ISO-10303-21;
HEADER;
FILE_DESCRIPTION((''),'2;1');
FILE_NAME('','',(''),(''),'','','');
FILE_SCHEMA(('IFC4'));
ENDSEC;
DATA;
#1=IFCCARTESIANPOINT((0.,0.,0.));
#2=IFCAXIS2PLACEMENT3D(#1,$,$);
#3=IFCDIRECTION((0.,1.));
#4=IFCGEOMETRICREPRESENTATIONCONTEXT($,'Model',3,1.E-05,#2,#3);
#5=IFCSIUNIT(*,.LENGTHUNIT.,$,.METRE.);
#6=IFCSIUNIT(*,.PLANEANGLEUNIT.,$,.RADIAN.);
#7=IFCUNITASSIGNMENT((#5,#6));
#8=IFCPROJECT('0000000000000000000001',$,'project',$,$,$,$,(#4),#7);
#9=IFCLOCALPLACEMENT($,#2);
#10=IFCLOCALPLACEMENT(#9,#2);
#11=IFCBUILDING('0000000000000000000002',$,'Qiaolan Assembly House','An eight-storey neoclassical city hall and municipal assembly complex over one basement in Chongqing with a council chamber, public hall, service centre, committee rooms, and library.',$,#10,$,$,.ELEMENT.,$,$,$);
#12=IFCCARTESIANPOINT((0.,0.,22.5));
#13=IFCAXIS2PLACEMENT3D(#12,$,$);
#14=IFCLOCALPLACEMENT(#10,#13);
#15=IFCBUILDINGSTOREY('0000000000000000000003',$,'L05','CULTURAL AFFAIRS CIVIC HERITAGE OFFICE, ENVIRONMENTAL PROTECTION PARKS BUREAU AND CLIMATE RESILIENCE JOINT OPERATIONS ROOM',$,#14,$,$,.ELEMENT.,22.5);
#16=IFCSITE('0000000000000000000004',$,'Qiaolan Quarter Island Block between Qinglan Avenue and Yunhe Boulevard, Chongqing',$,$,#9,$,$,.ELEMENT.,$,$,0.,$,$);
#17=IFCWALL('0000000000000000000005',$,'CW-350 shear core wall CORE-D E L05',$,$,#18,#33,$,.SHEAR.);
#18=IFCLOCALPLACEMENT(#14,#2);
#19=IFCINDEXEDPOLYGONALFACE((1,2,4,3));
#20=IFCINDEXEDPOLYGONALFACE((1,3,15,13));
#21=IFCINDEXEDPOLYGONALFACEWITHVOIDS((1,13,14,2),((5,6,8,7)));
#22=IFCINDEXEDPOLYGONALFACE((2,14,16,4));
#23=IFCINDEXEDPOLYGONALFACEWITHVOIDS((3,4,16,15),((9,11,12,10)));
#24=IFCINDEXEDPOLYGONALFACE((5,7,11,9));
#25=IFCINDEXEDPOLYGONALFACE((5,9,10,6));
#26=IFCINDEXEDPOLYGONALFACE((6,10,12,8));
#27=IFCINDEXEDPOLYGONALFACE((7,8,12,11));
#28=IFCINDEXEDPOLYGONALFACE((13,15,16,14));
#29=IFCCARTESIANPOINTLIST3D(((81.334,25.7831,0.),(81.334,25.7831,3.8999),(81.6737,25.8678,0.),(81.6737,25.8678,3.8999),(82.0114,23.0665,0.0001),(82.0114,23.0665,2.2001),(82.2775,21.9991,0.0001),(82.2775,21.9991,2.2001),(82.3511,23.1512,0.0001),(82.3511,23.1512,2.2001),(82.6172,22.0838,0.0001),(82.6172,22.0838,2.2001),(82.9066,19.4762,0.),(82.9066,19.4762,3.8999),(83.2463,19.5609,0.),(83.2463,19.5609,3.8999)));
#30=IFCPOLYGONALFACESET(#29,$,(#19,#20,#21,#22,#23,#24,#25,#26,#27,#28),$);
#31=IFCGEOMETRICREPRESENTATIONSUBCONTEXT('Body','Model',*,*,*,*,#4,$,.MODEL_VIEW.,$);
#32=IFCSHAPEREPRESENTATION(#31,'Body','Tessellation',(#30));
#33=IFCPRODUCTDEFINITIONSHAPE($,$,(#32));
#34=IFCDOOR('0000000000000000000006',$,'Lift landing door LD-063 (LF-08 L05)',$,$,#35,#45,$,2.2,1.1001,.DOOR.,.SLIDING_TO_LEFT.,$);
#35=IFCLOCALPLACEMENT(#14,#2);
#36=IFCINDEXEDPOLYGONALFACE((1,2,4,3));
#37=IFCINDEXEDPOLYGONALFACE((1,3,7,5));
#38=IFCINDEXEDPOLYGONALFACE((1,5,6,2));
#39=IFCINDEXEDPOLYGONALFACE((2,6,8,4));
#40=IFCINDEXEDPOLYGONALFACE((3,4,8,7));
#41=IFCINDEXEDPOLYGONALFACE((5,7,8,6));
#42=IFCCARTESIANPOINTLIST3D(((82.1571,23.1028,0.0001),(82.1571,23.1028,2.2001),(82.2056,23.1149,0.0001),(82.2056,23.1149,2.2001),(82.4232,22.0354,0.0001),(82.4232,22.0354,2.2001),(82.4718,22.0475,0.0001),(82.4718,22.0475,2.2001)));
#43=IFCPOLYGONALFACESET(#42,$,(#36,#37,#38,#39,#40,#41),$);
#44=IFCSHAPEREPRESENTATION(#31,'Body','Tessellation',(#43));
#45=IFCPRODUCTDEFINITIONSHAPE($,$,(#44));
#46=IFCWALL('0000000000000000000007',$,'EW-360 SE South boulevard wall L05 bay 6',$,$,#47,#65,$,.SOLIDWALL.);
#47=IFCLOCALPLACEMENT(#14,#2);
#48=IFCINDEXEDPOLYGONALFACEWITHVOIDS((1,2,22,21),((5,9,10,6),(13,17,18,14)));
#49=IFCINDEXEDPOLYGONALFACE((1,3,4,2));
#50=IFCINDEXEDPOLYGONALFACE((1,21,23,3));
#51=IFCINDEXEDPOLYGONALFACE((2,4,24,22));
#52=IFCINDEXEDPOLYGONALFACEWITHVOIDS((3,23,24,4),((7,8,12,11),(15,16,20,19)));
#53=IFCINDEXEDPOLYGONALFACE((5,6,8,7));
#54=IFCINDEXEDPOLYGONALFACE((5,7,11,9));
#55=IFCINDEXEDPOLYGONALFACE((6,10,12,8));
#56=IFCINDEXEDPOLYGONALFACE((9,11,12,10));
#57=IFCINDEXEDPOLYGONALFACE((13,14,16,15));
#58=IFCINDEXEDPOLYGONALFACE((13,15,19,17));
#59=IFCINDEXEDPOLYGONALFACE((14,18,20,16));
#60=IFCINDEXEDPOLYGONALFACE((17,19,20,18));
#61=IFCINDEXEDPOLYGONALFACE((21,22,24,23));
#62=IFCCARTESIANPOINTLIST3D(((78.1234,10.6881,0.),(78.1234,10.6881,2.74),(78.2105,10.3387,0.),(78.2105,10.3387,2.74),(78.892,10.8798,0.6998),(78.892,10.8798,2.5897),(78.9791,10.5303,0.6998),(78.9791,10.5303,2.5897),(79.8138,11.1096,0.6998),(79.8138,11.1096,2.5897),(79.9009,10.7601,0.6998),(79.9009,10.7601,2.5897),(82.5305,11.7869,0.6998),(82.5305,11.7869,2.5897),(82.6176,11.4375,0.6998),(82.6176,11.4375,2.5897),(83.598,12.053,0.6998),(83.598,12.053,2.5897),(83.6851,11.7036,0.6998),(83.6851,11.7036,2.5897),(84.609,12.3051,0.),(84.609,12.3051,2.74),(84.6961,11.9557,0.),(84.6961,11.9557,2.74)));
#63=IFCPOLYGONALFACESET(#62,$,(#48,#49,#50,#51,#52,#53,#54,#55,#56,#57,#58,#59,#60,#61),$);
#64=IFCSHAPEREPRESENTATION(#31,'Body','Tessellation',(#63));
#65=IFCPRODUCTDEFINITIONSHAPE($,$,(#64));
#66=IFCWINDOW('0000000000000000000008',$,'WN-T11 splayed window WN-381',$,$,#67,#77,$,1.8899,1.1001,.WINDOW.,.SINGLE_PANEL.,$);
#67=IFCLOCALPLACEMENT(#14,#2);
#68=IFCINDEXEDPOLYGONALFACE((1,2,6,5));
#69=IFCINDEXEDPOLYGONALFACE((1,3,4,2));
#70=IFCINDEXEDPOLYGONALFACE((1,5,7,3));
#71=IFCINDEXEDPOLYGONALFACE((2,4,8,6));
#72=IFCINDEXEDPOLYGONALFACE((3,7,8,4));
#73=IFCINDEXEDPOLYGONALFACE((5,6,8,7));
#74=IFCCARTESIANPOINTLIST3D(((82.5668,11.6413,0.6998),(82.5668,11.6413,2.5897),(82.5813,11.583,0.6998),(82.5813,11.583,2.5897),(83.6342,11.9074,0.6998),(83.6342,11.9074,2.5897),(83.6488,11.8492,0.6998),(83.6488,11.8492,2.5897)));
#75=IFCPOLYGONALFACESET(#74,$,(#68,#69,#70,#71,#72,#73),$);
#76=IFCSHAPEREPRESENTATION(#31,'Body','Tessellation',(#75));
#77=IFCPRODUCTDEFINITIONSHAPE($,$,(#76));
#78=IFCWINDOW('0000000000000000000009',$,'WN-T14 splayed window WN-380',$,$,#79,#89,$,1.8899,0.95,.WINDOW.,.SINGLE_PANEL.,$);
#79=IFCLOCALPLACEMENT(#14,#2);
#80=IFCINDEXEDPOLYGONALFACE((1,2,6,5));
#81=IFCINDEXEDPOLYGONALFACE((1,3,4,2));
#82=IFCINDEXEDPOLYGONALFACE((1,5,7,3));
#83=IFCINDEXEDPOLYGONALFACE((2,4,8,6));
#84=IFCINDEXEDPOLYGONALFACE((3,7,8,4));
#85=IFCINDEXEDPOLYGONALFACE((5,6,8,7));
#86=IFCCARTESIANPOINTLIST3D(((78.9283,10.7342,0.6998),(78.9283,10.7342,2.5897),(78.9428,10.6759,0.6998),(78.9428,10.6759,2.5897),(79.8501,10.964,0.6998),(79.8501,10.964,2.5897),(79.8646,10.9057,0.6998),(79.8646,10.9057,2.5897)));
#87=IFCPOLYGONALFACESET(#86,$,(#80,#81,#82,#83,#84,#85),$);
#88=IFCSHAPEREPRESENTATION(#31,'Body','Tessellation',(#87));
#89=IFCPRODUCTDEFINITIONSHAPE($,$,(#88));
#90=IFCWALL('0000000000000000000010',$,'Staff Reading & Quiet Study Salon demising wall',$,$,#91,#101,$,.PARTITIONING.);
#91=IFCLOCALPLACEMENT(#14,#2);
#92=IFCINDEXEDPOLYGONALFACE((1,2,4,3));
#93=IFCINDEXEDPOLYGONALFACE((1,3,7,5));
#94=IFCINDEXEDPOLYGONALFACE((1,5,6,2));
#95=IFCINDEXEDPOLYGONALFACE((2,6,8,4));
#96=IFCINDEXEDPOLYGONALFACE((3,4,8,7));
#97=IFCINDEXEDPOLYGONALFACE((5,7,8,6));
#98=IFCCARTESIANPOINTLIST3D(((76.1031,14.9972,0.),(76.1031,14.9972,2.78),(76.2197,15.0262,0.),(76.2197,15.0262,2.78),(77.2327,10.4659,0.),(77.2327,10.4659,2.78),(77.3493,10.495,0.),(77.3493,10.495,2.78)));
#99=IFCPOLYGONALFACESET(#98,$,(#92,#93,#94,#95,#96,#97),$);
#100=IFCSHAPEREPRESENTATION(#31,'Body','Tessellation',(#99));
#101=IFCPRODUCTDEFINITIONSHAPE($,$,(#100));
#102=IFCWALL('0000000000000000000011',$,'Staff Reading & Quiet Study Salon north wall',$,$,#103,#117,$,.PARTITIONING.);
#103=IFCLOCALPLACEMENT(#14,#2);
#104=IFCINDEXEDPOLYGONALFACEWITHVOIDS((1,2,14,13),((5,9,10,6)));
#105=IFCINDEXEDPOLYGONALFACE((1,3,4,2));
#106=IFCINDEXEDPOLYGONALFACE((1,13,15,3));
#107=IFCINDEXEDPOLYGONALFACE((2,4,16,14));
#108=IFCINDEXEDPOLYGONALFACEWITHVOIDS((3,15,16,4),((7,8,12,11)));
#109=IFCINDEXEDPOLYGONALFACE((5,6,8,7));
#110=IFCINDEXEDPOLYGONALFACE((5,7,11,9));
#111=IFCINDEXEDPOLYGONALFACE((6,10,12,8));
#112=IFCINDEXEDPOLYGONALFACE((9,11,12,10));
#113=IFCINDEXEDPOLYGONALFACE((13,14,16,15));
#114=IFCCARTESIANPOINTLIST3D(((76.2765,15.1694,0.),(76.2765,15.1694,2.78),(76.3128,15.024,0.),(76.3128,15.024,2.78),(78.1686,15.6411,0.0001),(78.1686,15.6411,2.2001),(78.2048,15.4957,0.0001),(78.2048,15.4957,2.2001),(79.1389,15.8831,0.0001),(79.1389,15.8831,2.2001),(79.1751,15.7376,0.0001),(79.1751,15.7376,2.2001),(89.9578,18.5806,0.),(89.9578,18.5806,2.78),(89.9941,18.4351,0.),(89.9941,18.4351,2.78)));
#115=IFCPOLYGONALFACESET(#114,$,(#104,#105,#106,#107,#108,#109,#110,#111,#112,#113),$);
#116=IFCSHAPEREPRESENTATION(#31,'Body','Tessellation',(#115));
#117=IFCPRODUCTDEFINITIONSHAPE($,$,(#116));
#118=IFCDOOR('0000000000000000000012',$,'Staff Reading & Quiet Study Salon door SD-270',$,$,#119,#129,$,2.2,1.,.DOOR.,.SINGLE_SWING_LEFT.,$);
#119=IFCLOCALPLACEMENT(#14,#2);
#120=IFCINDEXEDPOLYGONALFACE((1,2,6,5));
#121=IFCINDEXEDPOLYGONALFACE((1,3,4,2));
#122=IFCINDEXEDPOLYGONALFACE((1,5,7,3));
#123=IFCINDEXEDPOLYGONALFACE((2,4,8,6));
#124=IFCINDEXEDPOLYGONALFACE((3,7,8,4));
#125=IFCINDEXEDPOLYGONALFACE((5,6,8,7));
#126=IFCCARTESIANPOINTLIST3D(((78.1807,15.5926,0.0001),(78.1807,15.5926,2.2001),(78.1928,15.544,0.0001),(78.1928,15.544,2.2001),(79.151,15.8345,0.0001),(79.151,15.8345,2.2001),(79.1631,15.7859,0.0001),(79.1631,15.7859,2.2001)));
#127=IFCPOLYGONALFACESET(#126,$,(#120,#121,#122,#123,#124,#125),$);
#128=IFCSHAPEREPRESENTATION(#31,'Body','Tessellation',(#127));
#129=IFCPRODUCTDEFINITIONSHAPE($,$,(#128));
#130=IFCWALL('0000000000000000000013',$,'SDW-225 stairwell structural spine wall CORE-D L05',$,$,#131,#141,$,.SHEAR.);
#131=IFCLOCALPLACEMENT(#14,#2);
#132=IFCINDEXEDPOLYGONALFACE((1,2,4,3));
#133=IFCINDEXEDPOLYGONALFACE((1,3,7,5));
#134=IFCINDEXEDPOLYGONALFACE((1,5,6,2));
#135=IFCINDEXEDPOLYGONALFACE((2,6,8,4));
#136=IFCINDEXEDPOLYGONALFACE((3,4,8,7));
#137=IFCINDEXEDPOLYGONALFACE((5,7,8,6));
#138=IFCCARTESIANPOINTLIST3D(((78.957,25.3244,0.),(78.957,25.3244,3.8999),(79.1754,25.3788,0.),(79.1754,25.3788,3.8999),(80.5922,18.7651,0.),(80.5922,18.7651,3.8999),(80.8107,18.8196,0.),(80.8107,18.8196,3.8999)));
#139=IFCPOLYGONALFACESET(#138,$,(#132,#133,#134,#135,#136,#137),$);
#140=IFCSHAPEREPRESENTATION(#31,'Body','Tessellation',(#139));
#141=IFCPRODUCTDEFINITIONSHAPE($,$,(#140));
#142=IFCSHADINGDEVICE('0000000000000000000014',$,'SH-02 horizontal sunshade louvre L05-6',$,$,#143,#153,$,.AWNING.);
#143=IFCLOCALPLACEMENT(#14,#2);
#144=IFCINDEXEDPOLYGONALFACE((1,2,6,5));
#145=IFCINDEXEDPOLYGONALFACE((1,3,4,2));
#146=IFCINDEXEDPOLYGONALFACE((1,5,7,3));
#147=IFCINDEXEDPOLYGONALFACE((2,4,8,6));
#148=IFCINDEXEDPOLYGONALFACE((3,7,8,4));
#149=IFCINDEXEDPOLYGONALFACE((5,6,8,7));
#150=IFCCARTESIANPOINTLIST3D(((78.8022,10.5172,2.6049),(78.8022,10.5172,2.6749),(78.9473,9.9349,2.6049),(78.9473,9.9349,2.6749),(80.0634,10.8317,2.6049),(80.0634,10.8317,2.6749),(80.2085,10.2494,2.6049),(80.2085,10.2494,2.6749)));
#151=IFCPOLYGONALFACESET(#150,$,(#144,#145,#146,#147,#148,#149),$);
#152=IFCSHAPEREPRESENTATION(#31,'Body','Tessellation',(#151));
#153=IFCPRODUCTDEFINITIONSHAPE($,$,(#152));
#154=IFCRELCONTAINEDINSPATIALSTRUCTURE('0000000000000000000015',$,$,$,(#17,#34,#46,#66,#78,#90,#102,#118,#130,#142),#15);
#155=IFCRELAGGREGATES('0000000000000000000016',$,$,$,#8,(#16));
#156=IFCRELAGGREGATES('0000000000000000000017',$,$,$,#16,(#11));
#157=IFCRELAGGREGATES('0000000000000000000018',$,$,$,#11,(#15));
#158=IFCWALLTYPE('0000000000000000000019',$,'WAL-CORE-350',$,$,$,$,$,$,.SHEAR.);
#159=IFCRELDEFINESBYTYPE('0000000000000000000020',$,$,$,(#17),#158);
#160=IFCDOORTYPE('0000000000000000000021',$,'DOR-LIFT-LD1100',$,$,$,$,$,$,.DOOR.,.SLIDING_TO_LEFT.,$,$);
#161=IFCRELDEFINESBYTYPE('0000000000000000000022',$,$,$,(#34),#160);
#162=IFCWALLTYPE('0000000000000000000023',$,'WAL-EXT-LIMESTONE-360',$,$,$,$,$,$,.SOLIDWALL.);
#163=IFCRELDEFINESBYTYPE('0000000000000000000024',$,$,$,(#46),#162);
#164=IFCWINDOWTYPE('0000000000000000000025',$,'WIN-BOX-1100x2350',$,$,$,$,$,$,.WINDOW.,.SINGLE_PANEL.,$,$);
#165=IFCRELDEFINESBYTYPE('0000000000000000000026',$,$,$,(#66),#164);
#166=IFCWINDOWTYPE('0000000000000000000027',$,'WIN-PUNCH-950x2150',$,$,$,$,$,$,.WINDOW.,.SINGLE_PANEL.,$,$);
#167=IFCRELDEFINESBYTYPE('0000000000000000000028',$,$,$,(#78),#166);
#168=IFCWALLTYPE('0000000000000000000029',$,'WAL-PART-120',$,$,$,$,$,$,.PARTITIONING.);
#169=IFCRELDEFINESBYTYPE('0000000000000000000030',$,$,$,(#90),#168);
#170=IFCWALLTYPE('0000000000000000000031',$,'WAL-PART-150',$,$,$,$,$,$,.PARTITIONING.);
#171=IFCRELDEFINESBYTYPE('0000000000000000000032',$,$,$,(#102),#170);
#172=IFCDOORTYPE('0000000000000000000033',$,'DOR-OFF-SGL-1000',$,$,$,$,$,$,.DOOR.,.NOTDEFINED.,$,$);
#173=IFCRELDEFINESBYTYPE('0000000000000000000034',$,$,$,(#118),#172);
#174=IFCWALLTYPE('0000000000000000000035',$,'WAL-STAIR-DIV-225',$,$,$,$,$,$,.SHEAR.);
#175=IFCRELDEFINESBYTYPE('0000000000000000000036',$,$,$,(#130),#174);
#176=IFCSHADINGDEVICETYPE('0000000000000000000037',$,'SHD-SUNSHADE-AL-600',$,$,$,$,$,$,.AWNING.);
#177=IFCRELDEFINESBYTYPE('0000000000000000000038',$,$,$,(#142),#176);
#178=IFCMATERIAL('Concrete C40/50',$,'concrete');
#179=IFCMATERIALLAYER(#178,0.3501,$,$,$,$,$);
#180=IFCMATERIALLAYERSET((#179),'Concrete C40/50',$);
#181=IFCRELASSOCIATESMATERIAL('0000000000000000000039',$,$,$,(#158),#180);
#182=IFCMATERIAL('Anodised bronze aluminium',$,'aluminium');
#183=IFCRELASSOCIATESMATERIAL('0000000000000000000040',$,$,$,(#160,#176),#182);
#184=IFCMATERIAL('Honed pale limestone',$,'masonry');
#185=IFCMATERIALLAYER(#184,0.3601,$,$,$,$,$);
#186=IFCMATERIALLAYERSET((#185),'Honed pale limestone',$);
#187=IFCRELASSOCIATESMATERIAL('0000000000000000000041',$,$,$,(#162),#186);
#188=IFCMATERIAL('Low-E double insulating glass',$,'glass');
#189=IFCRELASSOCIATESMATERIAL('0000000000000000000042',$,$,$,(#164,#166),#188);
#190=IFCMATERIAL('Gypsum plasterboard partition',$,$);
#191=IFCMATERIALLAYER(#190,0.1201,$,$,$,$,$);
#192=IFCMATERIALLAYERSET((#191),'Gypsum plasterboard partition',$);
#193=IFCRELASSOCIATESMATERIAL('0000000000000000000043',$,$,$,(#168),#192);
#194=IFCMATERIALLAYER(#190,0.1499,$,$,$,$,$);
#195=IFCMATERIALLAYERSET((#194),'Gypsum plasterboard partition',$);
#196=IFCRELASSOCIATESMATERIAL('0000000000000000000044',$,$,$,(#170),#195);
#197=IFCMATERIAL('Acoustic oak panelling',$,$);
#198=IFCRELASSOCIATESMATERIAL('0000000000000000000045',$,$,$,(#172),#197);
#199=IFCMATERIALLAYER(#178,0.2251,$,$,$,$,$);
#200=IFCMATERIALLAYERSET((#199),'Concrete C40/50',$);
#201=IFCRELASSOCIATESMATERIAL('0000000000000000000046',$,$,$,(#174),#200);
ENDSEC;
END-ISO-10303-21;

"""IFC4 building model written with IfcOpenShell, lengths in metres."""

from ifc_helpers import new_model, si_unit, direction, frame, frame_2d, origin, origin_2d, place, context, subcontext, project, spatial, rectangle, extrude, material, layer, layer_set, material_profile, profile_set, type_object, element, fill, save


model = new_model("IFC4")

# Units and contexts
model_context = context("Model", 3, precision=1e-05, world=origin(), true_north=direction((0.0, 1.0)))
body_context = subcontext(model_context, "Body", "Model", "MODEL_VIEW")
ifc_project = project(units=[si_unit("LENGTHUNIT", "METRE"), si_unit("PLANEANGLEUNIT", "RADIAN")], contexts=[model_context])

# Site, building, storey
site_placement = place(None, origin())
site = spatial("IfcSite", under=ifc_project, at=site_placement, Name="Qiaolan Quarter Island Block between Qinglan Avenue and Yunhe Boulevard, Chongqing", CompositionType="ELEMENT", RefElevation=0.0)
building_placement = place(site_placement, origin())
building = spatial("IfcBuilding", under=site, at=building_placement, Name="Qiaolan Assembly House", Description="An eight-storey neoclassical city hall and municipal assembly complex over one basement in Chongqing with a council chamber, public hall, service centre, committee rooms, and library.", CompositionType="ELEMENT")
storey_placement = place(building_placement, frame((0.0, 0.0, 22.5)))
storey = spatial("IfcBuildingStorey", under=building, at=storey_placement, Name="L05", Description="CULTURAL AFFAIRS CIVIC HERITAGE OFFICE, ENVIRONMENTAL PROTECTION PARKS BUREAU AND CLIMATE RESILIENCE JOINT OPERATIONS ROOM", CompositionType="ELEMENT", Elevation=22.5)

# Shared definitions
ifc_material_1 = material(Name="Concrete C40/50", Category="concrete")

# Shared definitions
ifc_material_2 = material(Name="Honed pale limestone", Category="masonry")

# Shared definitions
ifc_layer_1 = layer(ifc_material_1, 0.3501)
ifc_layer_set_1 = layer_set([ifc_layer_1], Name="Concrete C40/50")
wall_type_1 = type_object("IfcWallType", Name="WAL-CORE-350", PredefinedType="SHEAR", material=ifc_layer_set_1)

# Wall, opening, door
wall_1_placement = place(storey_placement, frame((83.0764, 19.5186, 0.0), z_axis=(0.0, 0.0, 1.0), x_axis=(-0.241926, 0.970295, 0.0)))
wall_1 = element("IfcWall", 1, at=wall_1_placement, inside=storey, type_object=wall_type_1, Name="CW-350 shear core wall CORE-D E L05", PredefinedType="SHEAR", context=body_context, shape_type="SweptSolid", body=[
    extrude(rectangle(XDim=6.5, YDim=0.3501, at=frame_2d((3.25, 0.0))), origin(), (0.0, 0.0, 1.0), 3.8999),
])
opening_1_placement = place(wall_1_placement, frame((2.6001, 0.0, 0.0)))
opening_1 = element("IfcOpeningElement", 2, at=opening_1_placement, cuts=wall_1, PredefinedType="OPENING", context=body_context, shape_type="SweptSolid", body=[
    extrude(rectangle(XDim=1.1001, YDim=2.2, at=frame_2d((0.55, 1.1001))), frame((0.0, 0.1851, 0.0), z_axis=(0.0, -1.0, 0.0), x_axis=(1.0, 0.0, 0.0)), (0.0, 0.0, 1.0), 0.3701),
])
ifc_material_3 = material(Name="Anodised bronze aluminium", Category="aluminium")
door_type_1 = type_object("IfcDoorType", Name="DOR-LIFT-LD1100", OperationType="SLIDING_TO_LEFT", PredefinedType="DOOR", material=ifc_material_3)
door_1_placement = place(opening_1_placement, origin())
door_1 = element("IfcDoor", 3, at=door_1_placement, inside=storey, type_object=door_type_1, Name="Lift landing door LD-063 (LF-08 L05)", OperationType="SLIDING_TO_LEFT", OverallHeight=2.2, OverallWidth=1.1001, PredefinedType="DOOR", context=body_context, shape_type="SweptSolid", body=[
    extrude(rectangle(XDim=1.1001, YDim=2.2, at=frame_2d((0.55, 1.1001))), frame((0.0, 0.0249, 0.0), z_axis=(0.0, -1.0, 0.0), x_axis=(1.0, 0.0, 0.0)), (0.0, 0.0, 1.0), 0.05),
])
fill(opening_1, door_1)

# Wall, openings, windows
ifc_layer_2 = layer(ifc_material_2, 0.3601)
ifc_layer_set_2 = layer_set([ifc_layer_2], Name="Honed pale limestone")
wall_type_2 = type_object("IfcWallType", Name="WAL-EXT-LIMESTONE-360", PredefinedType="SOLIDWALL", material=ifc_layer_set_2)
wall_2_placement = place(storey_placement, frame((78.167, 10.5134, 0.0), z_axis=(0.0, 0.0, 1.0), x_axis=(0.970299, 0.241908, 0.0)))
wall_2 = element("IfcWall", 4, at=wall_2_placement, inside=storey, type_object=wall_type_2, Name="EW-360 SE South boulevard wall L05 bay 6", PredefinedType="SOLIDWALL", context=body_context, shape_type="SweptSolid", body=[
    extrude(rectangle(XDim=6.6841, YDim=0.3601, at=frame_2d((3.342, 0.0))), origin(), (0.0, 0.0, 1.0), 2.74),
])
opening_2_placement = place(wall_2_placement, frame((0.792, 0.0, 0.7)))
opening_2 = element("IfcOpeningElement", 5, at=opening_2_placement, cuts=wall_2, PredefinedType="OPENING", context=body_context, shape_type="SweptSolid", body=[
    extrude(rectangle(XDim=0.95, YDim=1.8899, at=frame_2d((0.4751, 0.9448))), frame((0.0, 0.1899, 0.0), z_axis=(0.0, -1.0, 0.0), x_axis=(1.0, 0.0, 0.0)), (0.0, 0.0, 1.0), 0.3801),
])
opening_3_placement = place(wall_2_placement, frame((4.542, 0.0, 0.7)))
opening_3 = element("IfcOpeningElement", 6, at=opening_3_placement, cuts=wall_2, PredefinedType="OPENING", context=body_context, shape_type="SweptSolid", body=[
    extrude(rectangle(XDim=1.1001, YDim=1.8899, at=frame_2d((0.55, 0.9448))), frame((0.0, 0.1899, 0.0), z_axis=(0.0, -1.0, 0.0), x_axis=(1.0, 0.0, 0.0)), (0.0, 0.0, 1.0), 0.3801),
])
ifc_material_4 = material(Name="Low-E double insulating glass", Category="glass")
window_type_1 = type_object("IfcWindowType", Name="WIN-BOX-1100x2350", PartitioningType="SINGLE_PANEL", PredefinedType="WINDOW", material=ifc_material_4)
window_1_placement = place(opening_3_placement, origin())
window_1 = element("IfcWindow", 7, at=window_1_placement, inside=storey, type_object=window_type_1, Name="WN-T11 splayed window WN-381", OverallHeight=1.8899, OverallWidth=1.1001, PartitioningType="SINGLE_PANEL", PredefinedType="WINDOW", context=body_context, shape_type="SweptSolid", body=[
    extrude(rectangle(XDim=1.1001, YDim=1.8899, at=frame_2d((0.55, 0.9448))), frame((0.0, 0.03, 0.0), z_axis=(0.0, -1.0, 0.0), x_axis=(1.0, 0.0, 0.0)), (0.0, 0.0, 1.0), 0.0601),
])
fill(opening_3, window_1)
window_type_2 = type_object("IfcWindowType", Name="WIN-PUNCH-950x2150", PartitioningType="SINGLE_PANEL", PredefinedType="WINDOW", material=ifc_material_4)
window_2_placement = place(opening_2_placement, origin())
window_2 = element("IfcWindow", 8, at=window_2_placement, inside=storey, type_object=window_type_2, Name="WN-T14 splayed window WN-380", OverallHeight=1.8899, OverallWidth=0.95, PartitioningType="SINGLE_PANEL", PredefinedType="WINDOW", context=body_context, shape_type="SweptSolid", body=[
    extrude(rectangle(XDim=0.95, YDim=1.8899, at=frame_2d((0.4751, 0.9448))), frame((0.0, 0.03, 0.0), z_axis=(0.0, -1.0, 0.0), x_axis=(1.0, 0.0, 0.0)), (0.0, 0.0, 1.0), 0.0601),
])
fill(opening_2, window_2)

# Wall
ifc_material_5 = material(Name="Gypsum plasterboard partition")
ifc_layer_3 = layer(ifc_material_5, 0.1201)
ifc_layer_set_3 = layer_set([ifc_layer_3], Name="Gypsum plasterboard partition")
wall_type_3 = type_object("IfcWallType", Name="WAL-PART-120", PredefinedType="PARTITIONING", material=ifc_layer_set_3)
wall_3_placement = place(storey_placement, frame((77.291, 10.4805, 0.0), z_axis=(0.0, 0.0, 1.0), x_axis=(-0.241896, 0.970302, 0.0)))
element("IfcWall", 9, at=wall_3_placement, inside=storey, type_object=wall_type_3, Name="Staff Reading & Quiet Study Salon demising wall", PredefinedType="PARTITIONING", context=body_context, shape_type="SweptSolid", body=[
    extrude(rectangle(XDim=4.6699, YDim=0.1201, at=frame_2d((2.335, 0.0))), origin(), (0.0, 0.0, 1.0), 2.78),
])

# Wall, opening, door
ifc_layer_4 = layer(ifc_material_5, 0.1499)
ifc_layer_set_4 = layer_set([ifc_layer_4], Name="Gypsum plasterboard partition")
wall_type_4 = type_object("IfcWallType", Name="WAL-PART-150", PredefinedType="PARTITIONING", material=ifc_layer_set_4)
wall_4_placement = place(storey_placement, frame((76.2947, 15.0967, 0.0), z_axis=(0.0, 0.0, 1.0), x_axis=(0.970295, 0.241924, 0.0)))
wall_4 = element("IfcWall", 10, at=wall_4_placement, inside=storey, type_object=wall_type_4, Name="Staff Reading & Quiet Study Salon north wall", PredefinedType="PARTITIONING", context=body_context, shape_type="SweptSolid", body=[
    extrude(rectangle(XDim=14.1001, YDim=0.1499, at=frame_2d((7.05, 0.0))), origin(), (0.0, 0.0, 1.0), 2.78),
])
opening_4_placement = place(wall_4_placement, frame((1.95, 0.0, 0.0)))
opening_4 = element("IfcOpeningElement", 11, at=opening_4_placement, cuts=wall_4, PredefinedType="OPENING", context=body_context, shape_type="SweptSolid", body=[
    extrude(rectangle(XDim=1.0, YDim=2.2, at=frame_2d((0.5, 1.1001))), frame((0.0, 0.085, 0.0), z_axis=(0.0, -1.0, 0.0), x_axis=(1.0, 0.0, 0.0)), (0.0, 0.0, 1.0), 0.1699),
])
ifc_material_6 = material(Name="Acoustic oak panelling")
door_type_2 = type_object("IfcDoorType", Name="DOR-OFF-SGL-1000", OperationType="NOTDEFINED", PredefinedType="DOOR", material=ifc_material_6)
door_2_placement = place(opening_4_placement, origin())
door_2 = element("IfcDoor", 12, at=door_2_placement, inside=storey, type_object=door_type_2, Name="Staff Reading & Quiet Study Salon door SD-270", OperationType="SINGLE_SWING_LEFT", OverallHeight=2.2, OverallWidth=1.0, PredefinedType="DOOR", context=body_context, shape_type="SweptSolid", body=[
    extrude(rectangle(XDim=1.0, YDim=2.2, at=frame_2d((0.5, 1.1001))), frame((0.0, 0.0249, 0.0), z_axis=(0.0, -1.0, 0.0), x_axis=(1.0, 0.0, 0.0)), (0.0, 0.0, 1.0), 0.05),
])
fill(opening_4, door_2)

# Wall
ifc_layer_5 = layer(ifc_material_1, 0.2251)
ifc_layer_set_5 = layer_set([ifc_layer_5], Name="Concrete C40/50")
wall_type_5 = type_object("IfcWallType", Name="WAL-STAIR-DIV-225", PredefinedType="SHEAR", material=ifc_layer_set_5)
wall_5_placement = place(storey_placement, frame((80.7014, 18.7925, 0.0), z_axis=(0.0, 0.0, 1.0), x_axis=(-0.241898, 0.970302, 0.0)))
element("IfcWall", 13, at=wall_5_placement, inside=storey, type_object=wall_type_5, Name="SDW-225 stairwell structural spine wall CORE-D L05", PredefinedType="SHEAR", context=body_context, shape_type="SweptSolid", body=[
    extrude(rectangle(XDim=6.76, YDim=0.2251, at=frame_2d((3.3799, 0.0))), origin(), (0.0, 0.0, 1.0), 3.8999),
])

# Shading device
ifc_material_profile_1 = material_profile(ifc_material_3, rectangle(XDim=0.6001, YDim=0.0701, at=origin_2d()), Name="SHD 600x70")
ifc_profile_set_1 = profile_set([ifc_material_profile_1], Name="Anodised bronze aluminium")
shading_device_type = type_object("IfcShadingDeviceType", Name="SHD-SUNSHADE-AL-600", PredefinedType="AWNING", material=ifc_profile_set_1)
shading_device_placement = place(storey_placement, frame((78.8748, 10.2261, 2.6399), z_axis=(0.970297, 0.241917, 0.0), x_axis=(-0.241917, 0.970297, 0.0)))
element("IfcShadingDevice", 14, at=shading_device_placement, inside=storey, type_object=shading_device_type, Name="SH-02 horizontal sunshade louvre L05-6", PredefinedType="AWNING", context=body_context, shape_type="SweptSolid", body=[
    extrude(rectangle(XDim=0.6001, YDim=0.0701, at=origin_2d()), origin(), (0.0, 0.0, 1.0), 1.2998),
])

save(model, "model.ifc")
